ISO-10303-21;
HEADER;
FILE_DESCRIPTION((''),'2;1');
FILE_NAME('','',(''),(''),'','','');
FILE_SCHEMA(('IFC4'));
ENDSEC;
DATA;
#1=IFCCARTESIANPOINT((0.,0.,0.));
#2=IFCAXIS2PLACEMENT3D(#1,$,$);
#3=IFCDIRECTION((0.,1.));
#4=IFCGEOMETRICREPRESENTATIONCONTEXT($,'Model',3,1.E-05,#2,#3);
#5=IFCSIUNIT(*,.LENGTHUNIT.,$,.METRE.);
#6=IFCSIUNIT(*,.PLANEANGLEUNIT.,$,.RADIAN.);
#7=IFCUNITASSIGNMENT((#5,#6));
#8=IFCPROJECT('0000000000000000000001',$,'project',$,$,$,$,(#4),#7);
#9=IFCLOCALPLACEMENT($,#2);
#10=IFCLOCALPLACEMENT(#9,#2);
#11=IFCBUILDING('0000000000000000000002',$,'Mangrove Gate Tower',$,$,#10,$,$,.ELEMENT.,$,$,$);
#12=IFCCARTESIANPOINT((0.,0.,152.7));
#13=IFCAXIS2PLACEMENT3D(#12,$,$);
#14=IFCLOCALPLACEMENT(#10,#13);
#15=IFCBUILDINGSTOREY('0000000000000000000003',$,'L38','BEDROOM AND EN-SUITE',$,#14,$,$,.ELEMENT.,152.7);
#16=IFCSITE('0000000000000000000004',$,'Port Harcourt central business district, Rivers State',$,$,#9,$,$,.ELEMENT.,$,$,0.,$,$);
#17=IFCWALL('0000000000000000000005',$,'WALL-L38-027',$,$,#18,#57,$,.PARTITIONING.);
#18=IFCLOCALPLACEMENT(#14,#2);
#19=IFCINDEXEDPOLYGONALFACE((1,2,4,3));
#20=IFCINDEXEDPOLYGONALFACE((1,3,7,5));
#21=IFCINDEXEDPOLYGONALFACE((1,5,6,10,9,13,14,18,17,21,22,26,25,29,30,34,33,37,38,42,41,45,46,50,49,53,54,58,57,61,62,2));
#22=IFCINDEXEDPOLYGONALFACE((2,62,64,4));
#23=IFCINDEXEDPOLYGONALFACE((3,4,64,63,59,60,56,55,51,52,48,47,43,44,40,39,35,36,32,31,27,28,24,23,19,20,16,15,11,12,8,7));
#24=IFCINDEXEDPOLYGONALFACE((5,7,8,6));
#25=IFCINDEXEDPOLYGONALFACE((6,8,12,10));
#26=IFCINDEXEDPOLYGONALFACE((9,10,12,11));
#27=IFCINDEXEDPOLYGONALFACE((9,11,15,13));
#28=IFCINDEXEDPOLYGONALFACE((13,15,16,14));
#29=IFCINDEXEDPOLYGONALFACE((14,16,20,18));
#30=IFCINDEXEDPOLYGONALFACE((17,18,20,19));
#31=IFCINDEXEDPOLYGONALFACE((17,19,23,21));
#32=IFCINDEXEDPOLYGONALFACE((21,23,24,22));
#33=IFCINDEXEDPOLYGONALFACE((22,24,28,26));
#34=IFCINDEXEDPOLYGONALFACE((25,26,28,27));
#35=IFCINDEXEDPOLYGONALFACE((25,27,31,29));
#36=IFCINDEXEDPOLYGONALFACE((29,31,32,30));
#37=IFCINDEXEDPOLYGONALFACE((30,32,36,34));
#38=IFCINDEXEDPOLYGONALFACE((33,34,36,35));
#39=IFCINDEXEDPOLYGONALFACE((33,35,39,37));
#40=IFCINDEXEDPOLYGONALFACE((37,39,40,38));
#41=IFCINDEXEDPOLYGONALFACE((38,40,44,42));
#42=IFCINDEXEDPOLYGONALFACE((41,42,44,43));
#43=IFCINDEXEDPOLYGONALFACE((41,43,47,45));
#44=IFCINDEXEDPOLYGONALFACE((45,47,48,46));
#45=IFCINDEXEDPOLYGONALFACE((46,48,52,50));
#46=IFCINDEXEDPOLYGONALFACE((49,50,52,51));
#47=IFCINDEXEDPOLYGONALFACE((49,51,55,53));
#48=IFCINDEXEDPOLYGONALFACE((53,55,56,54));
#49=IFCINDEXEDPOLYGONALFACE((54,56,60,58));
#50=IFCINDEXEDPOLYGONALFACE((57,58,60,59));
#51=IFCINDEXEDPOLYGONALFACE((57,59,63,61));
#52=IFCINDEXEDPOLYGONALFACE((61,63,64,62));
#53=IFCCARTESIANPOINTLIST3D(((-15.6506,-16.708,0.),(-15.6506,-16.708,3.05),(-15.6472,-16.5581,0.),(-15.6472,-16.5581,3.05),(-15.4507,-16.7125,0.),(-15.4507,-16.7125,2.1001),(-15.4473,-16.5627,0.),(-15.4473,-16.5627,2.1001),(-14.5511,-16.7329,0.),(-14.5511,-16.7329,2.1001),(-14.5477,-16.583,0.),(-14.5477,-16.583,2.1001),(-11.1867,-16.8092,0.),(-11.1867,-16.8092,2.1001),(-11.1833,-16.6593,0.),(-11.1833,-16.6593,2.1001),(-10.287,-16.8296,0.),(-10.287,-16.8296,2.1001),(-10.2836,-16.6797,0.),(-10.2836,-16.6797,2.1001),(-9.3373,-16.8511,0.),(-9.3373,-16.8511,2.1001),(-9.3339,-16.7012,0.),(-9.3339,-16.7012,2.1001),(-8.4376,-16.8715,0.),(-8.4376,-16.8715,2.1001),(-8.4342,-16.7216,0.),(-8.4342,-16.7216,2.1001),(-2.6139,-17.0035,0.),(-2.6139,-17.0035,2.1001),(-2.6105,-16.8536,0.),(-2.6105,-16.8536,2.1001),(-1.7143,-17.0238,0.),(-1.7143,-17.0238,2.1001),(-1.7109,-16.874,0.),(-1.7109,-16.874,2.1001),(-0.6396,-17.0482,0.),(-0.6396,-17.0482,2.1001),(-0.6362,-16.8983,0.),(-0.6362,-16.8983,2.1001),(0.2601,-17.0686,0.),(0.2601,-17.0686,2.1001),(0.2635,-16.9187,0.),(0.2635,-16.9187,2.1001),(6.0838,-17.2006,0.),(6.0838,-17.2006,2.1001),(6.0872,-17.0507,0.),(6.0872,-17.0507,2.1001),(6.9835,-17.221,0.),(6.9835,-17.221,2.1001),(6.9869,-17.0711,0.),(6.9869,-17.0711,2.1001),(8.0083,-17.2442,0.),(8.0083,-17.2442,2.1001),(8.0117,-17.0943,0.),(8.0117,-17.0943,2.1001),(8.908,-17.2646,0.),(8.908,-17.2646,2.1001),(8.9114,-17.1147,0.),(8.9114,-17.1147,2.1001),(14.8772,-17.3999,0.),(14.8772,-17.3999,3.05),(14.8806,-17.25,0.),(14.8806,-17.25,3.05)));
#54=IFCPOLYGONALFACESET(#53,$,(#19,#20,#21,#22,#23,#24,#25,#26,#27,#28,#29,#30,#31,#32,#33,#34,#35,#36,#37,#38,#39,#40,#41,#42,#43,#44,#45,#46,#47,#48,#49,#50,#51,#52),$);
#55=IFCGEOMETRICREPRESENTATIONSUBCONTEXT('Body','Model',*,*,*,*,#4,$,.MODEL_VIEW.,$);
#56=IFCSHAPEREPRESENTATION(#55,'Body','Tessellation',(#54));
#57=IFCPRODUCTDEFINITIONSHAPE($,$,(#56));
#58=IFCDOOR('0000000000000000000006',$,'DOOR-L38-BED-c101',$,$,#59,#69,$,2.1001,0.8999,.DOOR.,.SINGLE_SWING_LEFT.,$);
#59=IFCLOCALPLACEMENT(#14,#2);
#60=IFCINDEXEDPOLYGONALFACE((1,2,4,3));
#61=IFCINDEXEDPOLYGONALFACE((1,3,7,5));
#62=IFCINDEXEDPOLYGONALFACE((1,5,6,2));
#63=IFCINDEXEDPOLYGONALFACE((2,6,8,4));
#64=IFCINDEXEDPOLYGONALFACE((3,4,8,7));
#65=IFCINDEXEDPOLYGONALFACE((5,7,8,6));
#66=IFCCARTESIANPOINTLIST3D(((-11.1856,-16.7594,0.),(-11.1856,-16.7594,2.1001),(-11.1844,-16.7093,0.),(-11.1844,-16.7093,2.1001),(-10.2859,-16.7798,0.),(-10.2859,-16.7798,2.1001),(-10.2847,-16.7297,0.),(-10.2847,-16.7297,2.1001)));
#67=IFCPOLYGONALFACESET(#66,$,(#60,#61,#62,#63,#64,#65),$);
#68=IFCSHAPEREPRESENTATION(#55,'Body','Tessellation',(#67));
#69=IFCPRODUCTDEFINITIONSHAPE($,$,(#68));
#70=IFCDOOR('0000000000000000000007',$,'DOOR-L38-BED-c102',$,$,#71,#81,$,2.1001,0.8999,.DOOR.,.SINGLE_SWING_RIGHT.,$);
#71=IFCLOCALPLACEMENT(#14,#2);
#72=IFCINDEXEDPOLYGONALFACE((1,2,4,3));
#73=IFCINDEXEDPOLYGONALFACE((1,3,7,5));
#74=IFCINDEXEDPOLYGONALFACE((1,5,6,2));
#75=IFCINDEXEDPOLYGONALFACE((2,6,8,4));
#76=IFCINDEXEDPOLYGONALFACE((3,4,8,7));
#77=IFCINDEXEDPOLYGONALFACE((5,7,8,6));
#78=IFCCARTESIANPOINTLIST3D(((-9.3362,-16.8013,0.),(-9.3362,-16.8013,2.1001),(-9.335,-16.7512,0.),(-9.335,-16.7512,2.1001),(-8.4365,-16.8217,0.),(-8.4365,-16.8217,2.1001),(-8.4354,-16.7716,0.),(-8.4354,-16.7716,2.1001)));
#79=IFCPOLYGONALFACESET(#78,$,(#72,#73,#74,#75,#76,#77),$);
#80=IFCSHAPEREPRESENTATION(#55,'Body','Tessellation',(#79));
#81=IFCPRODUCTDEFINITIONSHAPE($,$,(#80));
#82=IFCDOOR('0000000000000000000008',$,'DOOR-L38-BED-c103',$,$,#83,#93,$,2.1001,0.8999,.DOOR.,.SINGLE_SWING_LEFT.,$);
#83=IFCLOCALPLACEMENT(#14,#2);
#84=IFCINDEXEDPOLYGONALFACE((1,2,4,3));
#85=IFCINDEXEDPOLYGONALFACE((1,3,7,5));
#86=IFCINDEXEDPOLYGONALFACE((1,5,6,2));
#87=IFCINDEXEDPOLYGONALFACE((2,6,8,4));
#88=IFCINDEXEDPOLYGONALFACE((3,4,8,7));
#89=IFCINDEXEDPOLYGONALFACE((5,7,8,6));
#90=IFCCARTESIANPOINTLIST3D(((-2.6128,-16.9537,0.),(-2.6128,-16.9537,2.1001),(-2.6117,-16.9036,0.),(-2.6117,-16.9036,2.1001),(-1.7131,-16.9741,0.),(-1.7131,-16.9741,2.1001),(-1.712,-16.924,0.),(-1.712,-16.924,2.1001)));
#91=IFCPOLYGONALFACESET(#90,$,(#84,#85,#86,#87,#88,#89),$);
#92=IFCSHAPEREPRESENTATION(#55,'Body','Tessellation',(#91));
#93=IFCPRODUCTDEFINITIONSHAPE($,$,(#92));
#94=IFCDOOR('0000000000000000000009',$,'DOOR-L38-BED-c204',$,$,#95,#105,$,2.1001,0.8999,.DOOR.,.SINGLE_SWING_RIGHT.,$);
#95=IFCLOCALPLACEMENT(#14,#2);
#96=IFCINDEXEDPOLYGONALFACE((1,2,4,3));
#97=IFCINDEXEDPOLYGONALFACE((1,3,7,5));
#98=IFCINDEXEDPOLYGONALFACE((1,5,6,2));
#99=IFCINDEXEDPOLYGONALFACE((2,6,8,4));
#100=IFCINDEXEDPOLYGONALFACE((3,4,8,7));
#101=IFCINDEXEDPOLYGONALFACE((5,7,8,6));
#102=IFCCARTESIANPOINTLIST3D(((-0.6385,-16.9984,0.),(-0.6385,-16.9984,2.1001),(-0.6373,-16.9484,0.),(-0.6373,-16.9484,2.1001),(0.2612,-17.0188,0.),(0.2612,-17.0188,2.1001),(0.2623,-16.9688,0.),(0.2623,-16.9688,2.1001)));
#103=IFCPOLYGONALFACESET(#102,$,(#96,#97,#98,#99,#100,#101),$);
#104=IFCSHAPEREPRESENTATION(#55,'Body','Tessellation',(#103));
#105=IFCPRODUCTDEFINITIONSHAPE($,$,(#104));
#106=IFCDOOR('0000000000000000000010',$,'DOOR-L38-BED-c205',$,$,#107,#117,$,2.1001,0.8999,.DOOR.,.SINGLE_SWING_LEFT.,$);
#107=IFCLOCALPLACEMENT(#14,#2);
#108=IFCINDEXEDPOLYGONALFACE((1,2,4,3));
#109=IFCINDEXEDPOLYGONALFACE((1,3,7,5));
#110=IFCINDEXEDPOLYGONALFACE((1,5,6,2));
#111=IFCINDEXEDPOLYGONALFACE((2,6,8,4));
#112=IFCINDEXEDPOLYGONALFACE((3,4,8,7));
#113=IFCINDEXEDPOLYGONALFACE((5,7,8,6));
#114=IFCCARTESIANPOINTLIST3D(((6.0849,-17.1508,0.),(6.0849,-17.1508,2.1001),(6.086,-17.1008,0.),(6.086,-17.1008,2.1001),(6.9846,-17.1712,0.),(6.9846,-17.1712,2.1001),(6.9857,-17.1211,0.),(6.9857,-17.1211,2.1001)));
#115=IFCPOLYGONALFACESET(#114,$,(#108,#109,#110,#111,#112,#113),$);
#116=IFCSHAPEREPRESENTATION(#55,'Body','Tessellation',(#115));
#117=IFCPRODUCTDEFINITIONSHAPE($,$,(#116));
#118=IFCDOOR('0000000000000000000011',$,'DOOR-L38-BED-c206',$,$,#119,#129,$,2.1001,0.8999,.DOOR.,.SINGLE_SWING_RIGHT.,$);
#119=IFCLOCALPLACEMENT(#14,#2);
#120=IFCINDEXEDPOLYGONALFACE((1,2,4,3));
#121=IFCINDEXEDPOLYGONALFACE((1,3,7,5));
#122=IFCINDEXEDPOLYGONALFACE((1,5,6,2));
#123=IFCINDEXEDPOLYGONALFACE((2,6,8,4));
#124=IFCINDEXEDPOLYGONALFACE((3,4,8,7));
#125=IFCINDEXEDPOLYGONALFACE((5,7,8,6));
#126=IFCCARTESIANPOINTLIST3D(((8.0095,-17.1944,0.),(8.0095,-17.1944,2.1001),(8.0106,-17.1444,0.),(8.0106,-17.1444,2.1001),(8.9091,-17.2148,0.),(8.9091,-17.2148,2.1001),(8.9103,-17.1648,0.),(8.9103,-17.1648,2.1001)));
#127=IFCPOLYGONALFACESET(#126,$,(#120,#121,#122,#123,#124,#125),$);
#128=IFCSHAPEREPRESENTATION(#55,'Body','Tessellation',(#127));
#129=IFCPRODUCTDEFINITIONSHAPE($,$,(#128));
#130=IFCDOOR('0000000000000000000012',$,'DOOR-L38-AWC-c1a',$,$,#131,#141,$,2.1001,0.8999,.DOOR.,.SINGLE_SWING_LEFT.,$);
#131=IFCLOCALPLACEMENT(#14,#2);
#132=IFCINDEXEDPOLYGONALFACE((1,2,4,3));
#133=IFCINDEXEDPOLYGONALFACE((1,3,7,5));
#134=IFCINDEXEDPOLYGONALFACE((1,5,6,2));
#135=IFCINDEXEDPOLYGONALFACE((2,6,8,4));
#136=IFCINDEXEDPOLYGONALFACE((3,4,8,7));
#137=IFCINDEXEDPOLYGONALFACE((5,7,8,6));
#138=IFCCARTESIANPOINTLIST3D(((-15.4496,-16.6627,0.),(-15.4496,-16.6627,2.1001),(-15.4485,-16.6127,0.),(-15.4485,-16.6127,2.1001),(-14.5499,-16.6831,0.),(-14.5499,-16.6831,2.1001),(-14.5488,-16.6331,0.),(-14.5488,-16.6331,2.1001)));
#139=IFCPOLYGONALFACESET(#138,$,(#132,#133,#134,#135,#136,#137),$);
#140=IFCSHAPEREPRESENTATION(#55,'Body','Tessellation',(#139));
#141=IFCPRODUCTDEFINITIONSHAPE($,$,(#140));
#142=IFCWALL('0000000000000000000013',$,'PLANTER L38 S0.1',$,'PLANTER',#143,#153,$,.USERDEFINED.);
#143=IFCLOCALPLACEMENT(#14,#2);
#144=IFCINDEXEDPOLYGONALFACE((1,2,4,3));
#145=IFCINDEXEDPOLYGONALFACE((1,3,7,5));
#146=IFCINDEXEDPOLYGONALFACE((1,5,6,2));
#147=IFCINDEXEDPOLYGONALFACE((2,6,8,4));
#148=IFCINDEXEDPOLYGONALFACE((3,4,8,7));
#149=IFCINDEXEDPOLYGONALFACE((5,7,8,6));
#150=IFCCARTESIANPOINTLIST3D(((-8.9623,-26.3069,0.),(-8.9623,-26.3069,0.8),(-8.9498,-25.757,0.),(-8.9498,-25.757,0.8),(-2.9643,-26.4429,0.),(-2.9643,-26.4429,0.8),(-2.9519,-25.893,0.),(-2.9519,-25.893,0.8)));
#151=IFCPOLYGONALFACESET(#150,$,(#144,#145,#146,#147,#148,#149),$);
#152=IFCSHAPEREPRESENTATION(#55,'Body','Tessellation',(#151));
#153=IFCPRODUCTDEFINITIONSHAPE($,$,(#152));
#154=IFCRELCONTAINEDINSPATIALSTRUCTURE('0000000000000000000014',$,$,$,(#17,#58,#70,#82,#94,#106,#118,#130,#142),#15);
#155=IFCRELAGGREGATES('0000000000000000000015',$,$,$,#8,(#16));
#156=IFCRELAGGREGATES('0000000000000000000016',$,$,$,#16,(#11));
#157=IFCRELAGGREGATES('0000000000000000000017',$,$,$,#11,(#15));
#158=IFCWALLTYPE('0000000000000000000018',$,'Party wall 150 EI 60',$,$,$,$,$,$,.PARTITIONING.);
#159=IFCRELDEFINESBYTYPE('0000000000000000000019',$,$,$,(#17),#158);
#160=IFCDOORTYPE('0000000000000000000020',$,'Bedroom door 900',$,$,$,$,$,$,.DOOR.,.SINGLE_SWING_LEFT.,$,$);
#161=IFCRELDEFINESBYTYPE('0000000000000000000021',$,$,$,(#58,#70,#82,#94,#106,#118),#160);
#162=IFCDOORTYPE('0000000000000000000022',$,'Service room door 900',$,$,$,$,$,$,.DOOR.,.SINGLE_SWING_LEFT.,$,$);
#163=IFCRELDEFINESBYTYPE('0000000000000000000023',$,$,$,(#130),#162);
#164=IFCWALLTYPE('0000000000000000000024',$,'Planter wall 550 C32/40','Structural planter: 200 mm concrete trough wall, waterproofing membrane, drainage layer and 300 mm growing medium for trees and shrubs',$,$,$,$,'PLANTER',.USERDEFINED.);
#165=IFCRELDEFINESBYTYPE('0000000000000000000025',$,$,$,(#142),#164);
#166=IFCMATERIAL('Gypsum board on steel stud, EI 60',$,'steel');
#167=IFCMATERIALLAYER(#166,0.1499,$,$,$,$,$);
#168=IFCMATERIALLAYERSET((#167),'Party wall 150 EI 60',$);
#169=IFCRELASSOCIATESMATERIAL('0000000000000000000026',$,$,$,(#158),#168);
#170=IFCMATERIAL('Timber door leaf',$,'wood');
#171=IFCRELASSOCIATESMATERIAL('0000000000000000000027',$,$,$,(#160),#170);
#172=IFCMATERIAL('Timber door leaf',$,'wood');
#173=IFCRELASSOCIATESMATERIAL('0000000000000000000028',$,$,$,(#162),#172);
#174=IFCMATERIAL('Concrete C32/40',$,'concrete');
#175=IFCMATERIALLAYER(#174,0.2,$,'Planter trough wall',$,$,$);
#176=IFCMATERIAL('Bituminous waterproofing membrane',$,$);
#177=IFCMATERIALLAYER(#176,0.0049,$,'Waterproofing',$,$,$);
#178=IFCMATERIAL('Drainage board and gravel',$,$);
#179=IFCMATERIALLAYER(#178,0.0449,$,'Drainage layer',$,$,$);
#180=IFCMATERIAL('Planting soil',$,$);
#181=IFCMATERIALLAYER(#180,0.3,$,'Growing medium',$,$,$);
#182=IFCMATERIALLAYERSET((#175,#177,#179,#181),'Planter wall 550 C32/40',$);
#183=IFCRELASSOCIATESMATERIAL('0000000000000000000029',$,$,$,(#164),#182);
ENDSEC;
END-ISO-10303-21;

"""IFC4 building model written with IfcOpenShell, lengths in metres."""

from ifc_helpers import new_model, si_unit, direction, frame, frame_2d, origin, place, context, subcontext, project, spatial, rectangle, extrude, material, layer, layer_set, type_object, element, fill, save


model = new_model("IFC4")

# Units and contexts
model_context = context("Model", 3, precision=1e-05, world=origin(), true_north=direction((0.0, 1.0)))
body_context = subcontext(model_context, "Body", "Model", "MODEL_VIEW")
ifc_project = project(units=[si_unit("LENGTHUNIT", "METRE"), si_unit("PLANEANGLEUNIT", "RADIAN")], contexts=[model_context])

# Site, building, storey
site_placement = place(None, origin())
site = spatial("IfcSite", under=ifc_project, at=site_placement, Name="Port Harcourt central business district, Rivers State", CompositionType="ELEMENT", RefElevation=0.0)
building_placement = place(site_placement, origin())
building = spatial("IfcBuilding", under=site, at=building_placement, Name="Mangrove Gate Tower", CompositionType="ELEMENT")
storey_placement = place(building_placement, frame((0.0, 0.0, 152.7)))
storey = spatial("IfcBuildingStorey", under=building, at=storey_placement, Name="L38", Description="BEDROOM AND EN-SUITE", CompositionType="ELEMENT", Elevation=152.7)

# Shared definitions
ifc_material_1 = material(Name="Gypsum board on steel stud, EI 60", Category="steel")
ifc_layer_1 = layer(ifc_material_1, 0.1499)
ifc_layer_set_1 = layer_set([ifc_layer_1], Name="Party wall 150 EI 60")
wall_type_1 = type_object("IfcWallType", Name="Party wall 150 EI 60", PredefinedType="PARTITIONING", material=ifc_layer_set_1)

# Wall, openings, doors
wall_1_placement = place(storey_placement, frame((-15.6489, -16.6331, 0.0), z_axis=(0.0, 0.0, 1.0), x_axis=(0.999743, -0.022659, 0.0)))
wall_1 = element("IfcWall", 1, at=wall_1_placement, inside=storey, type_object=wall_type_1, Name="WALL-L38-027", PredefinedType="PARTITIONING", context=body_context, shape_type="SweptSolid", body=[
    extrude(rectangle(XDim=30.5356, YDim=0.1499, at=frame_2d((15.2678, 0.0))), origin(), (0.0, 0.0, 1.0), 3.05),
])
opening_1_placement = place(wall_1_placement, frame((0.2, 0.0, 0.0)))
opening_1 = element("IfcOpeningElement", 2, at=opening_1_placement, cuts=wall_1, PredefinedType="OPENING", context=body_context, shape_type="SweptSolid", body=[
    extrude(rectangle(XDim=0.8999, YDim=2.1001, at=frame_2d((0.45, 1.05))), frame((0.0, 0.085, 0.0), z_axis=(0.0, -1.0, 0.0), x_axis=(1.0, 0.0, 0.0)), (0.0, 0.0, 1.0), 0.1699),
])
opening_2_placement = place(wall_1_placement, frame((4.4651, 0.0, 0.0)))
opening_2 = element("IfcOpeningElement", 3, at=opening_2_placement, cuts=wall_1, PredefinedType="OPENING", context=body_context, shape_type="SweptSolid", body=[
    extrude(rectangle(XDim=0.8999, YDim=2.1001, at=frame_2d((0.45, 1.05))), frame((0.0, 0.085, 0.0), z_axis=(0.0, -1.0, 0.0), x_axis=(1.0, 0.0, 0.0)), (0.0, 0.0, 1.0), 0.1699),
])
opening_3_placement = place(wall_1_placement, frame((6.3149, 0.0, 0.0)))
opening_3 = element("IfcOpeningElement", 4, at=opening_3_placement, cuts=wall_1, PredefinedType="OPENING", context=body_context, shape_type="SweptSolid", body=[
    extrude(rectangle(XDim=0.8999, YDim=2.1001, at=frame_2d((0.45, 1.05))), frame((0.0, 0.085, 0.0), z_axis=(0.0, -1.0, 0.0), x_axis=(1.0, 0.0, 0.0)), (0.0, 0.0, 1.0), 0.1699),
])
opening_4_placement = place(wall_1_placement, frame((13.04, 0.0, 0.0)))
opening_4 = element("IfcOpeningElement", 5, at=opening_4_placement, cuts=wall_1, PredefinedType="OPENING", context=body_context, shape_type="SweptSolid", body=[
    extrude(rectangle(XDim=0.8999, YDim=2.1001, at=frame_2d((0.45, 1.05))), frame((0.0, 0.085, 0.0), z_axis=(0.0, -1.0, 0.0), x_axis=(1.0, 0.0, 0.0)), (0.0, 0.0, 1.0), 0.1699),
])
opening_5_placement = place(wall_1_placement, frame((15.0149, 0.0, 0.0)))
opening_5 = element("IfcOpeningElement", 6, at=opening_5_placement, cuts=wall_1, PredefinedType="OPENING", context=body_context, shape_type="SweptSolid", body=[
    extrude(rectangle(XDim=0.8999, YDim=2.1001, at=frame_2d((0.45, 1.05))), frame((0.0, 0.085, 0.0), z_axis=(0.0, -1.0, 0.0), x_axis=(1.0, 0.0, 0.0)), (0.0, 0.0, 1.0), 0.1699),
])
opening_6_placement = place(wall_1_placement, frame((21.74, 0.0, 0.0)))
opening_6 = element("IfcOpeningElement", 7, at=opening_6_placement, cuts=wall_1, PredefinedType="OPENING", context=body_context, shape_type="SweptSolid", body=[
    extrude(rectangle(XDim=0.8999, YDim=2.1001, at=frame_2d((0.45, 1.05))), frame((0.0, 0.085, 0.0), z_axis=(0.0, -1.0, 0.0), x_axis=(1.0, 0.0, 0.0)), (0.0, 0.0, 1.0), 0.1699),
])
opening_7_placement = place(wall_1_placement, frame((23.665, 0.0, 0.0)))
opening_7 = element("IfcOpeningElement", 8, at=opening_7_placement, cuts=wall_1, PredefinedType="OPENING", context=body_context, shape_type="SweptSolid", body=[
    extrude(rectangle(XDim=0.8999, YDim=2.1001, at=frame_2d((0.45, 1.05))), frame((0.0, 0.085, 0.0), z_axis=(0.0, -1.0, 0.0), x_axis=(1.0, 0.0, 0.0)), (0.0, 0.0, 1.0), 0.1699),
])
ifc_material_2 = material(Name="Timber door leaf", Category="wood")
door_type_1 = type_object("IfcDoorType", Name="Bedroom door 900", OperationType="SINGLE_SWING_LEFT", PredefinedType="DOOR", material=ifc_material_2)
door_1_placement = place(opening_2_placement, origin())
door_1 = element("IfcDoor", 9, at=door_1_placement, inside=storey, type_object=door_type_1, Name="DOOR-L38-BED-c101", OperationType="SINGLE_SWING_LEFT", OverallHeight=2.1001, OverallWidth=0.8999, PredefinedType="DOOR", context=body_context, shape_type="SweptSolid", body=[
    extrude(rectangle(XDim=0.8999, YDim=2.1001, at=frame_2d((0.45, 1.05))), frame((0.0, 0.0249, 0.0), z_axis=(0.0, -1.0, 0.0), x_axis=(1.0, 0.0, 0.0)), (0.0, 0.0, 1.0), 0.05),
])
fill(opening_2, door_1)
door_2_placement = place(opening_3_placement, origin())
door_2 = element("IfcDoor", 10, at=door_2_placement, inside=storey, type_object=door_type_1, Name="DOOR-L38-BED-c102", OperationType="SINGLE_SWING_RIGHT", OverallHeight=2.1001, OverallWidth=0.8999, PredefinedType="DOOR", context=body_context, shape_type="SweptSolid", body=[
    extrude(rectangle(XDim=0.8999, YDim=2.1001, at=frame_2d((0.45, 1.05))), frame((0.0, 0.0249, 0.0), z_axis=(0.0, -1.0, 0.0), x_axis=(1.0, 0.0, 0.0)), (0.0, 0.0, 1.0), 0.05),
])
fill(opening_3, door_2)
door_3_placement = place(opening_4_placement, origin())
door_3 = element("IfcDoor", 11, at=door_3_placement, inside=storey, type_object=door_type_1, Name="DOOR-L38-BED-c103", OperationType="SINGLE_SWING_LEFT", OverallHeight=2.1001, OverallWidth=0.8999, PredefinedType="DOOR", context=body_context, shape_type="SweptSolid", body=[
    extrude(rectangle(XDim=0.8999, YDim=2.1001, at=frame_2d((0.45, 1.05))), frame((0.0, 0.0249, 0.0), z_axis=(0.0, -1.0, 0.0), x_axis=(1.0, 0.0, 0.0)), (0.0, 0.0, 1.0), 0.05),
])
fill(opening_4, door_3)
door_4_placement = place(opening_5_placement, origin())
door_4 = element("IfcDoor", 12, at=door_4_placement, inside=storey, type_object=door_type_1, Name="DOOR-L38-BED-c204", OperationType="SINGLE_SWING_RIGHT", OverallHeight=2.1001, OverallWidth=0.8999, PredefinedType="DOOR", context=body_context, shape_type="SweptSolid", body=[
    extrude(rectangle(XDim=0.8999, YDim=2.1001, at=frame_2d((0.45, 1.05))), frame((0.0, 0.0249, 0.0), z_axis=(0.0, -1.0, 0.0), x_axis=(1.0, 0.0, 0.0)), (0.0, 0.0, 1.0), 0.05),
])
fill(opening_5, door_4)
door_5_placement = place(opening_6_placement, origin())
door_5 = element("IfcDoor", 13, at=door_5_placement, inside=storey, type_object=door_type_1, Name="DOOR-L38-BED-c205", OperationType="SINGLE_SWING_LEFT", OverallHeight=2.1001, OverallWidth=0.8999, PredefinedType="DOOR", context=body_context, shape_type="SweptSolid", body=[
    extrude(rectangle(XDim=0.8999, YDim=2.1001, at=frame_2d((0.45, 1.05))), frame((0.0, 0.0249, 0.0), z_axis=(0.0, -1.0, 0.0), x_axis=(1.0, 0.0, 0.0)), (0.0, 0.0, 1.0), 0.05),
])
fill(opening_6, door_5)
door_6_placement = place(opening_7_placement, origin())
door_6 = element("IfcDoor", 14, at=door_6_placement, inside=storey, type_object=door_type_1, Name="DOOR-L38-BED-c206", OperationType="SINGLE_SWING_RIGHT", OverallHeight=2.1001, OverallWidth=0.8999, PredefinedType="DOOR", context=body_context, shape_type="SweptSolid", body=[
    extrude(rectangle(XDim=0.8999, YDim=2.1001, at=frame_2d((0.45, 1.05))), frame((0.0, 0.0249, 0.0), z_axis=(0.0, -1.0, 0.0), x_axis=(1.0, 0.0, 0.0)), (0.0, 0.0, 1.0), 0.05),
])
fill(opening_7, door_6)
ifc_material_3 = material(Name="Timber door leaf", Category="wood")
door_type_2 = type_object("IfcDoorType", Name="Service room door 900", OperationType="SINGLE_SWING_LEFT", PredefinedType="DOOR", material=ifc_material_3)
door_7_placement = place(opening_1_placement, origin())
door_7 = element("IfcDoor", 15, at=door_7_placement, inside=storey, type_object=door_type_2, Name="DOOR-L38-AWC-c1a", OperationType="SINGLE_SWING_LEFT", OverallHeight=2.1001, OverallWidth=0.8999, PredefinedType="DOOR", context=body_context, shape_type="SweptSolid", body=[
    extrude(rectangle(XDim=0.8999, YDim=2.1001, at=frame_2d((0.45, 1.05))), frame((0.0, 0.0249, 0.0), z_axis=(0.0, -1.0, 0.0), x_axis=(1.0, 0.0, 0.0)), (0.0, 0.0, 1.0), 0.05),
])
fill(opening_1, door_7)

# Wall
ifc_material_4 = material(Name="Concrete C32/40", Category="concrete")
ifc_layer_2 = layer(ifc_material_4, 0.2, Name="Planter trough wall")
ifc_material_5 = material(Name="Bituminous waterproofing membrane")
ifc_layer_3 = layer(ifc_material_5, 0.0049, Name="Waterproofing")
ifc_material_6 = material(Name="Drainage board and gravel")
ifc_layer_4 = layer(ifc_material_6, 0.0449, Name="Drainage layer")
ifc_material_7 = material(Name="Planting soil")
ifc_layer_5 = layer(ifc_material_7, 0.3, Name="Growing medium")
ifc_layer_set_2 = layer_set([ifc_layer_2, ifc_layer_3, ifc_layer_4, ifc_layer_5], Name="Planter wall 550 C32/40")
wall_type_2 = type_object("IfcWallType", Name="Planter wall 550 C32/40", Description="Structural planter: 200 mm concrete trough wall, waterproofing membrane, drainage layer and 300 mm growing medium for trees and shrubs", ElementType="PLANTER", PredefinedType="USERDEFINED", material=ifc_layer_set_2)
wall_2_placement = place(storey_placement, frame((-8.9561, -26.032, 0.0), z_axis=(0.0, 0.0, 1.0), x_axis=(0.999743, -0.022666, 0.0)))
element("IfcWall", 16, at=wall_2_placement, inside=storey, type_object=wall_type_2, Name="PLANTER L38 S0.1", ObjectType="PLANTER", PredefinedType="USERDEFINED", context=body_context, shape_type="SweptSolid", body=[
    extrude(rectangle(XDim=5.9995, YDim=0.55, at=frame_2d((2.9998, 0.0))), origin(), (0.0, 0.0, 1.0), 0.8),
])

save(model, "model.ifc")
